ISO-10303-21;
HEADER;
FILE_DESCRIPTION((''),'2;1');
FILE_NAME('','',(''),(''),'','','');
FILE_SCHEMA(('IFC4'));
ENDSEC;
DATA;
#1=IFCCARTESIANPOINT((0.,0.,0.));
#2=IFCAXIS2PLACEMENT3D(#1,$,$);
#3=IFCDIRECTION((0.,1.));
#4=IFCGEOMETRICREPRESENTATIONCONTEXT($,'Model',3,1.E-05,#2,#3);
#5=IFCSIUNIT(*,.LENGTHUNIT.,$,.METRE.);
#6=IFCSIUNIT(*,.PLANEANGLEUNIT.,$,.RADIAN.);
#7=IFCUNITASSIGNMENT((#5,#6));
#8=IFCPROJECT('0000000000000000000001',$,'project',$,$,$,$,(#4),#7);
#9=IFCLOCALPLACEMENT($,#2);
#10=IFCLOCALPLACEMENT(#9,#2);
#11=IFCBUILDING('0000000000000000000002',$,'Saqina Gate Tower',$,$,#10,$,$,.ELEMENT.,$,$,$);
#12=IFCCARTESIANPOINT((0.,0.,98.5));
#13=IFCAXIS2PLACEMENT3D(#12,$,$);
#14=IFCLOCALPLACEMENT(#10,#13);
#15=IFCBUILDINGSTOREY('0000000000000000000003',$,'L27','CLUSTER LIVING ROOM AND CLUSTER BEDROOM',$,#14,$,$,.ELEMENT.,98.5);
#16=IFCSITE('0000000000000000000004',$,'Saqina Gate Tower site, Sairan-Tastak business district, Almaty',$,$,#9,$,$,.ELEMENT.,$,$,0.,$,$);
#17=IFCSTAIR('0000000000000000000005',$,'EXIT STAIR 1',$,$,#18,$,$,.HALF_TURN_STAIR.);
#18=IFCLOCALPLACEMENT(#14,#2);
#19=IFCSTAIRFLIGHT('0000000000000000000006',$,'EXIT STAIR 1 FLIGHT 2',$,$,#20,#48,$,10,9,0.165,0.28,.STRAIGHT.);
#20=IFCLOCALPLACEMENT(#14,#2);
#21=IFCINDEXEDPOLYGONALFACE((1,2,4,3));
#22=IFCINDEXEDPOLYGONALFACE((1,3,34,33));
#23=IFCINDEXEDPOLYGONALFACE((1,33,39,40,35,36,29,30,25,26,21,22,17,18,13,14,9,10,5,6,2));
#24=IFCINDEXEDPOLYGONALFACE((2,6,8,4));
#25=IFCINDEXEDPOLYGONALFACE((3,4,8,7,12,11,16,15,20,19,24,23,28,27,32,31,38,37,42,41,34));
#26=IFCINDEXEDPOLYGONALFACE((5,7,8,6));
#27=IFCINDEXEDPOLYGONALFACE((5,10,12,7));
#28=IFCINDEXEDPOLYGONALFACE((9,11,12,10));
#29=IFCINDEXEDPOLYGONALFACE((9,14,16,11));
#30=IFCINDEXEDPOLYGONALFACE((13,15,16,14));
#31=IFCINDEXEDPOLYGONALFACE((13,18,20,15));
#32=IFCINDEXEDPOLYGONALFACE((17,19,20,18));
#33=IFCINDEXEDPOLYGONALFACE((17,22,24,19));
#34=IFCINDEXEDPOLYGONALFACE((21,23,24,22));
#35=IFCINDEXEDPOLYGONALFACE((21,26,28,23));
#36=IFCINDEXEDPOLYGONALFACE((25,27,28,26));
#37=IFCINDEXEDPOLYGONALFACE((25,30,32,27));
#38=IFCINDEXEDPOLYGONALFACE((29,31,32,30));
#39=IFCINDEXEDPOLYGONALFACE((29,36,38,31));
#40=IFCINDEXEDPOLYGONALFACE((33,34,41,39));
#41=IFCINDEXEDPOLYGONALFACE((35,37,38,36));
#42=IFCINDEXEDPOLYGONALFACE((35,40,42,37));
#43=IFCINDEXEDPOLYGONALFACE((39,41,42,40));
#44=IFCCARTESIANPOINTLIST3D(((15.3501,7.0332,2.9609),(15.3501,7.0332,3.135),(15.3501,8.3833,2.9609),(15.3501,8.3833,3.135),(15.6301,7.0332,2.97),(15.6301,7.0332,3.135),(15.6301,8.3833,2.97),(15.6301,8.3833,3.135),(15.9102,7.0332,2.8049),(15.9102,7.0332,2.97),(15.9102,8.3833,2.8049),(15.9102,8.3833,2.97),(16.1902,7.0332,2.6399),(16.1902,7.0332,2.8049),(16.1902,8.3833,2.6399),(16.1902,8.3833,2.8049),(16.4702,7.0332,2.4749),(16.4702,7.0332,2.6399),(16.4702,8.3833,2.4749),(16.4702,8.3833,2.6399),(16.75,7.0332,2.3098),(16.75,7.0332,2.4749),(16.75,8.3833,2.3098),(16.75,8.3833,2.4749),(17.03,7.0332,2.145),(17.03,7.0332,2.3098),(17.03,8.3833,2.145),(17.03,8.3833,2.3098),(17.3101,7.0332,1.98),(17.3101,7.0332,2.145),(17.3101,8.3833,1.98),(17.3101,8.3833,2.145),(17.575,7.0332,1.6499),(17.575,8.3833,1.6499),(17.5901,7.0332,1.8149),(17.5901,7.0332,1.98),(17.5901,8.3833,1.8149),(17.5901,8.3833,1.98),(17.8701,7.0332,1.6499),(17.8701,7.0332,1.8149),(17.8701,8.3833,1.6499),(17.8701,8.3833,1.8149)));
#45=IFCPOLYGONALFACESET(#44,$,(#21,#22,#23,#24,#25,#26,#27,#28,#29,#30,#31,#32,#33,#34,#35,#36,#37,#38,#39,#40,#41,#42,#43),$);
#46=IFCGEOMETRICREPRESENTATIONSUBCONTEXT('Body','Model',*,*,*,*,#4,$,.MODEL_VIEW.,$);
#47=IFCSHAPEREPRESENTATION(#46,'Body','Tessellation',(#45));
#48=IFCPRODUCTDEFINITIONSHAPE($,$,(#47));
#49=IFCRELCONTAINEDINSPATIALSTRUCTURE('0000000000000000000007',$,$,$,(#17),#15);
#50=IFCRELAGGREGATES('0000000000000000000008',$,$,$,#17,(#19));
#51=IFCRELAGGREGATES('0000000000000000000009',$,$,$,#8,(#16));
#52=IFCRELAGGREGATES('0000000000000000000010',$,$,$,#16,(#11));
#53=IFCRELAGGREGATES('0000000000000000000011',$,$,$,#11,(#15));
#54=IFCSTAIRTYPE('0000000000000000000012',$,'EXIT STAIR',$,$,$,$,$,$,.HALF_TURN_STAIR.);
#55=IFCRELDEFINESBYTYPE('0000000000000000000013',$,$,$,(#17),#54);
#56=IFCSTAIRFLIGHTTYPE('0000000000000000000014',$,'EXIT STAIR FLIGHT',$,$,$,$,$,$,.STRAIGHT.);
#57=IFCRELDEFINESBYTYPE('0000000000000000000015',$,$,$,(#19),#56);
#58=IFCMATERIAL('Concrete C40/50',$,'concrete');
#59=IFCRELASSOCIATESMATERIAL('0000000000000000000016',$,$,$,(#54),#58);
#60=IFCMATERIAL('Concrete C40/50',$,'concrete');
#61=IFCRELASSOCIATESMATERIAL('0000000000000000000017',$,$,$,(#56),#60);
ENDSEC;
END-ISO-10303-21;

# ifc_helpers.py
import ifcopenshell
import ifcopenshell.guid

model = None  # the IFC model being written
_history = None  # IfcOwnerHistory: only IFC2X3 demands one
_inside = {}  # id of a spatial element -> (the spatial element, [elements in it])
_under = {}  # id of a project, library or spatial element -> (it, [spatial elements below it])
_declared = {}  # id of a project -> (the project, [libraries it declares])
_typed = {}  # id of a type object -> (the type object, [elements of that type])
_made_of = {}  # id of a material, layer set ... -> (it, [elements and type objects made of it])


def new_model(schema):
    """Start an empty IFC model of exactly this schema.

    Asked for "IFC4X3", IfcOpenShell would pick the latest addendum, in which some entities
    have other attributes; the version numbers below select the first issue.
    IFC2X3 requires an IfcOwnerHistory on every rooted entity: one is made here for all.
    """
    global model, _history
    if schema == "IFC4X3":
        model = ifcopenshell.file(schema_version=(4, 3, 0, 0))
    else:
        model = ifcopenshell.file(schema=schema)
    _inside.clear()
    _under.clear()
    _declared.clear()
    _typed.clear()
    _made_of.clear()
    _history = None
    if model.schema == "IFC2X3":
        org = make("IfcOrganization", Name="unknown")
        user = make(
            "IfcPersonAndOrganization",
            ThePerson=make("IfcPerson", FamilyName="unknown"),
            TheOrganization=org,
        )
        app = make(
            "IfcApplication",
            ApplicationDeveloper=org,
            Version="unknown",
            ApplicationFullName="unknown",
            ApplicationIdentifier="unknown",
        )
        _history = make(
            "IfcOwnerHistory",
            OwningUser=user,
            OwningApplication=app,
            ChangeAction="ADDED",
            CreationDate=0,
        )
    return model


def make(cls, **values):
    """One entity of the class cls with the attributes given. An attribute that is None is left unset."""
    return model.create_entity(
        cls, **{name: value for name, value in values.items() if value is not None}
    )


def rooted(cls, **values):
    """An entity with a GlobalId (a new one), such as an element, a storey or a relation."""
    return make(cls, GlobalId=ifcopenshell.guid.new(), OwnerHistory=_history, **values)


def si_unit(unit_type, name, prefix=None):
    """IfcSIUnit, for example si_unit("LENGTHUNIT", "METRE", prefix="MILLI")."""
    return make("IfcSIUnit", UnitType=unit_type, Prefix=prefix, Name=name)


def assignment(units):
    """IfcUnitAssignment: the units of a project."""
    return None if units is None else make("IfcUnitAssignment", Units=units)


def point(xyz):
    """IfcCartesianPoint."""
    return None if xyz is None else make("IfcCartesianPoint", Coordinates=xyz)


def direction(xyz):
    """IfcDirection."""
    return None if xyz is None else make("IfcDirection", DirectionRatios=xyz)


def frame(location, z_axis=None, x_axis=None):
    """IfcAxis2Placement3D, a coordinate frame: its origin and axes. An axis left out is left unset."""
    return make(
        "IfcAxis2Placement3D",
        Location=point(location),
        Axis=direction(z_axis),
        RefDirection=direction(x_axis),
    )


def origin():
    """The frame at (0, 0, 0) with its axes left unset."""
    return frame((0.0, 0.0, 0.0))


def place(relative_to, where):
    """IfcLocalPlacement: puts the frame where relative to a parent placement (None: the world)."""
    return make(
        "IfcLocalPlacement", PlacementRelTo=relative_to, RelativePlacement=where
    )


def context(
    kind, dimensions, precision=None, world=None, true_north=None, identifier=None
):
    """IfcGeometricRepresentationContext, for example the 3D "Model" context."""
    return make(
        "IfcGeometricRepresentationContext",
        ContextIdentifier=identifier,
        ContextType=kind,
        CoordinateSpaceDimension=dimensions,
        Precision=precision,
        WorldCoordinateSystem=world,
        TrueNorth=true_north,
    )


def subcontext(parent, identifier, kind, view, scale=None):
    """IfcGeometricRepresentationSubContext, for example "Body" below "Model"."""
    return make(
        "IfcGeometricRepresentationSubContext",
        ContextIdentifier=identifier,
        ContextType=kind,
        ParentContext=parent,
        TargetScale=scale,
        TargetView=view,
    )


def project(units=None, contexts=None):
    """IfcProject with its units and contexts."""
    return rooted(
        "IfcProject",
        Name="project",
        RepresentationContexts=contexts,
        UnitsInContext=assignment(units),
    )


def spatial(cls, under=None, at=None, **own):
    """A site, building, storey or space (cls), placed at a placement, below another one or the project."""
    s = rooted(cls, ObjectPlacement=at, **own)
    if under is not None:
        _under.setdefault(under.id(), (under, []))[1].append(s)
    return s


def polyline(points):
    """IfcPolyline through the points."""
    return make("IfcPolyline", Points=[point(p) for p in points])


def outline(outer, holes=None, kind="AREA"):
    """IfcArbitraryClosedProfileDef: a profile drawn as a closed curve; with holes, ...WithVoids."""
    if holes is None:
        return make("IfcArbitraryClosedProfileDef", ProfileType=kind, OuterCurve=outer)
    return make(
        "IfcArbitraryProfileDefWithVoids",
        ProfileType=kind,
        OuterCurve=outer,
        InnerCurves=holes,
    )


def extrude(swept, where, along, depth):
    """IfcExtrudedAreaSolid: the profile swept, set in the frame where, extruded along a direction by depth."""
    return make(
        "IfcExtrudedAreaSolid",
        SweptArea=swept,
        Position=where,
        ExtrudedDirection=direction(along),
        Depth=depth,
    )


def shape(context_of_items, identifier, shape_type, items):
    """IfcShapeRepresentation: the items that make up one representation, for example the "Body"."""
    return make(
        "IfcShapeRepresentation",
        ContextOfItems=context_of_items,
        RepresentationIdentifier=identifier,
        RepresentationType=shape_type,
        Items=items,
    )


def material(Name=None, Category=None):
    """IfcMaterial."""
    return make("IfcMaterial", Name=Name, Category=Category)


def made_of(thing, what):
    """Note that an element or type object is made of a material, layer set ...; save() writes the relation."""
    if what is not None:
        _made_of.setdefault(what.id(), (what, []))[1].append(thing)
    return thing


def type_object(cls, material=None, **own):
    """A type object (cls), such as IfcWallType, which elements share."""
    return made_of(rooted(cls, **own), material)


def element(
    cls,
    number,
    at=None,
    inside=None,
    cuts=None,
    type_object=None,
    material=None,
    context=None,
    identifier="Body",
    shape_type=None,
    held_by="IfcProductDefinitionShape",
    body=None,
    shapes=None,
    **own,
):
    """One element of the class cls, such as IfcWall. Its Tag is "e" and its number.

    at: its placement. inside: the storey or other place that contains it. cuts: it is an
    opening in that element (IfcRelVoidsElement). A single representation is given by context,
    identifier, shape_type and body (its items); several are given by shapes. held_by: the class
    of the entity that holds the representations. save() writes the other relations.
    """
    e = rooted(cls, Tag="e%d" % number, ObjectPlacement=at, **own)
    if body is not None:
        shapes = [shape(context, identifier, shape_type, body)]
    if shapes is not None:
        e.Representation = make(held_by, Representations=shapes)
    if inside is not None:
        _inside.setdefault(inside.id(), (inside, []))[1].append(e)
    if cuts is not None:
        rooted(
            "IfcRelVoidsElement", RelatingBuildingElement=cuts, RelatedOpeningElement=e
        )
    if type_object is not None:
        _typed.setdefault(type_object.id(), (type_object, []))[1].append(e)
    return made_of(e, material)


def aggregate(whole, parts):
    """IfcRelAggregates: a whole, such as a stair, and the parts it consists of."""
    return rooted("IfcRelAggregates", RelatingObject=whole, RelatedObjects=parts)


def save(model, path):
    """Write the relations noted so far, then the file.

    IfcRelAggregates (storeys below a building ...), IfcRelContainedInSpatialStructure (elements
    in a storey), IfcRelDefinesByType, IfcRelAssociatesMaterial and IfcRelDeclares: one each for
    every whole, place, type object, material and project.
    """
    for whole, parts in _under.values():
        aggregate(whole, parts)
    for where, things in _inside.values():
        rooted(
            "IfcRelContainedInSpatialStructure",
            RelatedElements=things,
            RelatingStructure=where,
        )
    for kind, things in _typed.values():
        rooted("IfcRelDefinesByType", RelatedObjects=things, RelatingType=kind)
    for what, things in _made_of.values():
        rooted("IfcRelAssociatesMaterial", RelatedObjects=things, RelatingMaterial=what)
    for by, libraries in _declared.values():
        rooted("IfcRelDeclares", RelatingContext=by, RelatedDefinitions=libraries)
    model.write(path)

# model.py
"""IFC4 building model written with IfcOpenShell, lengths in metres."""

from ifc_helpers import new_model, si_unit, direction, frame, origin, place, context, subcontext, project, spatial, polyline, outline, extrude, material, type_object, element, aggregate, save


model = new_model("IFC4")

# Units and contexts
model_context = context("Model", 3, precision=1e-05, world=origin(), true_north=direction((0.0, 1.0)))
body_context = subcontext(model_context, "Body", "Model", "MODEL_VIEW")
ifc_project = project(units=[si_unit("LENGTHUNIT", "METRE"), si_unit("PLANEANGLEUNIT", "RADIAN")], contexts=[model_context])

# Site, building, storey
site_placement = place(None, origin())
site = spatial("IfcSite", under=ifc_project, at=site_placement, Name="Saqina Gate Tower site, Sairan-Tastak business district, Almaty", CompositionType="ELEMENT", RefElevation=0.0)
building_placement = place(site_placement, origin())
building = spatial("IfcBuilding", under=site, at=building_placement, Name="Saqina Gate Tower", CompositionType="ELEMENT")
storey_placement = place(building_placement, frame((0.0, 0.0, 98.5)))
storey = spatial("IfcBuildingStorey", under=building, at=storey_placement, Name="L27", Description="CLUSTER LIVING ROOM AND CLUSTER BEDROOM", CompositionType="ELEMENT", Elevation=98.5)

# Stair, stair flight
ifc_material_1 = material(Name="Concrete C40/50", Category="concrete")
stair_type = type_object("IfcStairType", Name="EXIT STAIR", PredefinedType="HALF_TURN_STAIR", material=ifc_material_1)
stair_placement = place(storey_placement, origin())
stair = element("IfcStair", 1, at=stair_placement, inside=storey, type_object=stair_type, Name="EXIT STAIR 1", PredefinedType="HALF_TURN_STAIR")
ifc_material_2 = material(Name="Concrete C40/50", Category="concrete")
stair_flight_type = type_object("IfcStairFlightType", Name="EXIT STAIR FLIGHT", PredefinedType="STRAIGHT", material=ifc_material_2)
stair_flight_1_placement = place(storey_placement, frame((17.8701, 7.7083, 1.6499), z_axis=(0.0, 0.0, 1.0), x_axis=(-1.0, 0.0, 0.0)))
stair_flight_1 = element("IfcStairFlight", 2, at=stair_flight_1_placement, type_object=stair_flight_type, Name="EXIT STAIR 1 FLIGHT 2", NumberOfRisers=10, NumberOfTreads=9, PredefinedType="STRAIGHT", RiserHeight=0.165, TreadLength=0.28, context=body_context, shape_type="SweptSolid", body=[
    extrude(outline(polyline([(0.0, 0.0), (0.0, 0.165), (0.28, 0.165), (0.28, 0.3301), (0.5601, 0.3301), (0.5601, 0.4951), (0.8401, 0.4951), (0.8401, 0.6599), (1.1201, 0.6599), (1.1201, 0.825), (1.3999, 0.825), (1.3999, 0.99), (1.6799, 0.99), (1.6799, 1.155), (1.96, 1.155), (1.96, 1.3201), (2.24, 1.3201), (2.24, 1.4851), (2.52, 1.4851), (2.52, 1.6499), (2.52, 1.311), (0.2952, 0.0), (0.0, 0.0)])), frame((0.0, 0.675, 0.0), z_axis=(0.0, -1.0, 0.0), x_axis=(1.0, 0.0, 0.0)), (0.0, 0.0, 1.0), 1.3501),
])
aggregate(stair, [stair_flight_1])

save(model, "model.ifc")
